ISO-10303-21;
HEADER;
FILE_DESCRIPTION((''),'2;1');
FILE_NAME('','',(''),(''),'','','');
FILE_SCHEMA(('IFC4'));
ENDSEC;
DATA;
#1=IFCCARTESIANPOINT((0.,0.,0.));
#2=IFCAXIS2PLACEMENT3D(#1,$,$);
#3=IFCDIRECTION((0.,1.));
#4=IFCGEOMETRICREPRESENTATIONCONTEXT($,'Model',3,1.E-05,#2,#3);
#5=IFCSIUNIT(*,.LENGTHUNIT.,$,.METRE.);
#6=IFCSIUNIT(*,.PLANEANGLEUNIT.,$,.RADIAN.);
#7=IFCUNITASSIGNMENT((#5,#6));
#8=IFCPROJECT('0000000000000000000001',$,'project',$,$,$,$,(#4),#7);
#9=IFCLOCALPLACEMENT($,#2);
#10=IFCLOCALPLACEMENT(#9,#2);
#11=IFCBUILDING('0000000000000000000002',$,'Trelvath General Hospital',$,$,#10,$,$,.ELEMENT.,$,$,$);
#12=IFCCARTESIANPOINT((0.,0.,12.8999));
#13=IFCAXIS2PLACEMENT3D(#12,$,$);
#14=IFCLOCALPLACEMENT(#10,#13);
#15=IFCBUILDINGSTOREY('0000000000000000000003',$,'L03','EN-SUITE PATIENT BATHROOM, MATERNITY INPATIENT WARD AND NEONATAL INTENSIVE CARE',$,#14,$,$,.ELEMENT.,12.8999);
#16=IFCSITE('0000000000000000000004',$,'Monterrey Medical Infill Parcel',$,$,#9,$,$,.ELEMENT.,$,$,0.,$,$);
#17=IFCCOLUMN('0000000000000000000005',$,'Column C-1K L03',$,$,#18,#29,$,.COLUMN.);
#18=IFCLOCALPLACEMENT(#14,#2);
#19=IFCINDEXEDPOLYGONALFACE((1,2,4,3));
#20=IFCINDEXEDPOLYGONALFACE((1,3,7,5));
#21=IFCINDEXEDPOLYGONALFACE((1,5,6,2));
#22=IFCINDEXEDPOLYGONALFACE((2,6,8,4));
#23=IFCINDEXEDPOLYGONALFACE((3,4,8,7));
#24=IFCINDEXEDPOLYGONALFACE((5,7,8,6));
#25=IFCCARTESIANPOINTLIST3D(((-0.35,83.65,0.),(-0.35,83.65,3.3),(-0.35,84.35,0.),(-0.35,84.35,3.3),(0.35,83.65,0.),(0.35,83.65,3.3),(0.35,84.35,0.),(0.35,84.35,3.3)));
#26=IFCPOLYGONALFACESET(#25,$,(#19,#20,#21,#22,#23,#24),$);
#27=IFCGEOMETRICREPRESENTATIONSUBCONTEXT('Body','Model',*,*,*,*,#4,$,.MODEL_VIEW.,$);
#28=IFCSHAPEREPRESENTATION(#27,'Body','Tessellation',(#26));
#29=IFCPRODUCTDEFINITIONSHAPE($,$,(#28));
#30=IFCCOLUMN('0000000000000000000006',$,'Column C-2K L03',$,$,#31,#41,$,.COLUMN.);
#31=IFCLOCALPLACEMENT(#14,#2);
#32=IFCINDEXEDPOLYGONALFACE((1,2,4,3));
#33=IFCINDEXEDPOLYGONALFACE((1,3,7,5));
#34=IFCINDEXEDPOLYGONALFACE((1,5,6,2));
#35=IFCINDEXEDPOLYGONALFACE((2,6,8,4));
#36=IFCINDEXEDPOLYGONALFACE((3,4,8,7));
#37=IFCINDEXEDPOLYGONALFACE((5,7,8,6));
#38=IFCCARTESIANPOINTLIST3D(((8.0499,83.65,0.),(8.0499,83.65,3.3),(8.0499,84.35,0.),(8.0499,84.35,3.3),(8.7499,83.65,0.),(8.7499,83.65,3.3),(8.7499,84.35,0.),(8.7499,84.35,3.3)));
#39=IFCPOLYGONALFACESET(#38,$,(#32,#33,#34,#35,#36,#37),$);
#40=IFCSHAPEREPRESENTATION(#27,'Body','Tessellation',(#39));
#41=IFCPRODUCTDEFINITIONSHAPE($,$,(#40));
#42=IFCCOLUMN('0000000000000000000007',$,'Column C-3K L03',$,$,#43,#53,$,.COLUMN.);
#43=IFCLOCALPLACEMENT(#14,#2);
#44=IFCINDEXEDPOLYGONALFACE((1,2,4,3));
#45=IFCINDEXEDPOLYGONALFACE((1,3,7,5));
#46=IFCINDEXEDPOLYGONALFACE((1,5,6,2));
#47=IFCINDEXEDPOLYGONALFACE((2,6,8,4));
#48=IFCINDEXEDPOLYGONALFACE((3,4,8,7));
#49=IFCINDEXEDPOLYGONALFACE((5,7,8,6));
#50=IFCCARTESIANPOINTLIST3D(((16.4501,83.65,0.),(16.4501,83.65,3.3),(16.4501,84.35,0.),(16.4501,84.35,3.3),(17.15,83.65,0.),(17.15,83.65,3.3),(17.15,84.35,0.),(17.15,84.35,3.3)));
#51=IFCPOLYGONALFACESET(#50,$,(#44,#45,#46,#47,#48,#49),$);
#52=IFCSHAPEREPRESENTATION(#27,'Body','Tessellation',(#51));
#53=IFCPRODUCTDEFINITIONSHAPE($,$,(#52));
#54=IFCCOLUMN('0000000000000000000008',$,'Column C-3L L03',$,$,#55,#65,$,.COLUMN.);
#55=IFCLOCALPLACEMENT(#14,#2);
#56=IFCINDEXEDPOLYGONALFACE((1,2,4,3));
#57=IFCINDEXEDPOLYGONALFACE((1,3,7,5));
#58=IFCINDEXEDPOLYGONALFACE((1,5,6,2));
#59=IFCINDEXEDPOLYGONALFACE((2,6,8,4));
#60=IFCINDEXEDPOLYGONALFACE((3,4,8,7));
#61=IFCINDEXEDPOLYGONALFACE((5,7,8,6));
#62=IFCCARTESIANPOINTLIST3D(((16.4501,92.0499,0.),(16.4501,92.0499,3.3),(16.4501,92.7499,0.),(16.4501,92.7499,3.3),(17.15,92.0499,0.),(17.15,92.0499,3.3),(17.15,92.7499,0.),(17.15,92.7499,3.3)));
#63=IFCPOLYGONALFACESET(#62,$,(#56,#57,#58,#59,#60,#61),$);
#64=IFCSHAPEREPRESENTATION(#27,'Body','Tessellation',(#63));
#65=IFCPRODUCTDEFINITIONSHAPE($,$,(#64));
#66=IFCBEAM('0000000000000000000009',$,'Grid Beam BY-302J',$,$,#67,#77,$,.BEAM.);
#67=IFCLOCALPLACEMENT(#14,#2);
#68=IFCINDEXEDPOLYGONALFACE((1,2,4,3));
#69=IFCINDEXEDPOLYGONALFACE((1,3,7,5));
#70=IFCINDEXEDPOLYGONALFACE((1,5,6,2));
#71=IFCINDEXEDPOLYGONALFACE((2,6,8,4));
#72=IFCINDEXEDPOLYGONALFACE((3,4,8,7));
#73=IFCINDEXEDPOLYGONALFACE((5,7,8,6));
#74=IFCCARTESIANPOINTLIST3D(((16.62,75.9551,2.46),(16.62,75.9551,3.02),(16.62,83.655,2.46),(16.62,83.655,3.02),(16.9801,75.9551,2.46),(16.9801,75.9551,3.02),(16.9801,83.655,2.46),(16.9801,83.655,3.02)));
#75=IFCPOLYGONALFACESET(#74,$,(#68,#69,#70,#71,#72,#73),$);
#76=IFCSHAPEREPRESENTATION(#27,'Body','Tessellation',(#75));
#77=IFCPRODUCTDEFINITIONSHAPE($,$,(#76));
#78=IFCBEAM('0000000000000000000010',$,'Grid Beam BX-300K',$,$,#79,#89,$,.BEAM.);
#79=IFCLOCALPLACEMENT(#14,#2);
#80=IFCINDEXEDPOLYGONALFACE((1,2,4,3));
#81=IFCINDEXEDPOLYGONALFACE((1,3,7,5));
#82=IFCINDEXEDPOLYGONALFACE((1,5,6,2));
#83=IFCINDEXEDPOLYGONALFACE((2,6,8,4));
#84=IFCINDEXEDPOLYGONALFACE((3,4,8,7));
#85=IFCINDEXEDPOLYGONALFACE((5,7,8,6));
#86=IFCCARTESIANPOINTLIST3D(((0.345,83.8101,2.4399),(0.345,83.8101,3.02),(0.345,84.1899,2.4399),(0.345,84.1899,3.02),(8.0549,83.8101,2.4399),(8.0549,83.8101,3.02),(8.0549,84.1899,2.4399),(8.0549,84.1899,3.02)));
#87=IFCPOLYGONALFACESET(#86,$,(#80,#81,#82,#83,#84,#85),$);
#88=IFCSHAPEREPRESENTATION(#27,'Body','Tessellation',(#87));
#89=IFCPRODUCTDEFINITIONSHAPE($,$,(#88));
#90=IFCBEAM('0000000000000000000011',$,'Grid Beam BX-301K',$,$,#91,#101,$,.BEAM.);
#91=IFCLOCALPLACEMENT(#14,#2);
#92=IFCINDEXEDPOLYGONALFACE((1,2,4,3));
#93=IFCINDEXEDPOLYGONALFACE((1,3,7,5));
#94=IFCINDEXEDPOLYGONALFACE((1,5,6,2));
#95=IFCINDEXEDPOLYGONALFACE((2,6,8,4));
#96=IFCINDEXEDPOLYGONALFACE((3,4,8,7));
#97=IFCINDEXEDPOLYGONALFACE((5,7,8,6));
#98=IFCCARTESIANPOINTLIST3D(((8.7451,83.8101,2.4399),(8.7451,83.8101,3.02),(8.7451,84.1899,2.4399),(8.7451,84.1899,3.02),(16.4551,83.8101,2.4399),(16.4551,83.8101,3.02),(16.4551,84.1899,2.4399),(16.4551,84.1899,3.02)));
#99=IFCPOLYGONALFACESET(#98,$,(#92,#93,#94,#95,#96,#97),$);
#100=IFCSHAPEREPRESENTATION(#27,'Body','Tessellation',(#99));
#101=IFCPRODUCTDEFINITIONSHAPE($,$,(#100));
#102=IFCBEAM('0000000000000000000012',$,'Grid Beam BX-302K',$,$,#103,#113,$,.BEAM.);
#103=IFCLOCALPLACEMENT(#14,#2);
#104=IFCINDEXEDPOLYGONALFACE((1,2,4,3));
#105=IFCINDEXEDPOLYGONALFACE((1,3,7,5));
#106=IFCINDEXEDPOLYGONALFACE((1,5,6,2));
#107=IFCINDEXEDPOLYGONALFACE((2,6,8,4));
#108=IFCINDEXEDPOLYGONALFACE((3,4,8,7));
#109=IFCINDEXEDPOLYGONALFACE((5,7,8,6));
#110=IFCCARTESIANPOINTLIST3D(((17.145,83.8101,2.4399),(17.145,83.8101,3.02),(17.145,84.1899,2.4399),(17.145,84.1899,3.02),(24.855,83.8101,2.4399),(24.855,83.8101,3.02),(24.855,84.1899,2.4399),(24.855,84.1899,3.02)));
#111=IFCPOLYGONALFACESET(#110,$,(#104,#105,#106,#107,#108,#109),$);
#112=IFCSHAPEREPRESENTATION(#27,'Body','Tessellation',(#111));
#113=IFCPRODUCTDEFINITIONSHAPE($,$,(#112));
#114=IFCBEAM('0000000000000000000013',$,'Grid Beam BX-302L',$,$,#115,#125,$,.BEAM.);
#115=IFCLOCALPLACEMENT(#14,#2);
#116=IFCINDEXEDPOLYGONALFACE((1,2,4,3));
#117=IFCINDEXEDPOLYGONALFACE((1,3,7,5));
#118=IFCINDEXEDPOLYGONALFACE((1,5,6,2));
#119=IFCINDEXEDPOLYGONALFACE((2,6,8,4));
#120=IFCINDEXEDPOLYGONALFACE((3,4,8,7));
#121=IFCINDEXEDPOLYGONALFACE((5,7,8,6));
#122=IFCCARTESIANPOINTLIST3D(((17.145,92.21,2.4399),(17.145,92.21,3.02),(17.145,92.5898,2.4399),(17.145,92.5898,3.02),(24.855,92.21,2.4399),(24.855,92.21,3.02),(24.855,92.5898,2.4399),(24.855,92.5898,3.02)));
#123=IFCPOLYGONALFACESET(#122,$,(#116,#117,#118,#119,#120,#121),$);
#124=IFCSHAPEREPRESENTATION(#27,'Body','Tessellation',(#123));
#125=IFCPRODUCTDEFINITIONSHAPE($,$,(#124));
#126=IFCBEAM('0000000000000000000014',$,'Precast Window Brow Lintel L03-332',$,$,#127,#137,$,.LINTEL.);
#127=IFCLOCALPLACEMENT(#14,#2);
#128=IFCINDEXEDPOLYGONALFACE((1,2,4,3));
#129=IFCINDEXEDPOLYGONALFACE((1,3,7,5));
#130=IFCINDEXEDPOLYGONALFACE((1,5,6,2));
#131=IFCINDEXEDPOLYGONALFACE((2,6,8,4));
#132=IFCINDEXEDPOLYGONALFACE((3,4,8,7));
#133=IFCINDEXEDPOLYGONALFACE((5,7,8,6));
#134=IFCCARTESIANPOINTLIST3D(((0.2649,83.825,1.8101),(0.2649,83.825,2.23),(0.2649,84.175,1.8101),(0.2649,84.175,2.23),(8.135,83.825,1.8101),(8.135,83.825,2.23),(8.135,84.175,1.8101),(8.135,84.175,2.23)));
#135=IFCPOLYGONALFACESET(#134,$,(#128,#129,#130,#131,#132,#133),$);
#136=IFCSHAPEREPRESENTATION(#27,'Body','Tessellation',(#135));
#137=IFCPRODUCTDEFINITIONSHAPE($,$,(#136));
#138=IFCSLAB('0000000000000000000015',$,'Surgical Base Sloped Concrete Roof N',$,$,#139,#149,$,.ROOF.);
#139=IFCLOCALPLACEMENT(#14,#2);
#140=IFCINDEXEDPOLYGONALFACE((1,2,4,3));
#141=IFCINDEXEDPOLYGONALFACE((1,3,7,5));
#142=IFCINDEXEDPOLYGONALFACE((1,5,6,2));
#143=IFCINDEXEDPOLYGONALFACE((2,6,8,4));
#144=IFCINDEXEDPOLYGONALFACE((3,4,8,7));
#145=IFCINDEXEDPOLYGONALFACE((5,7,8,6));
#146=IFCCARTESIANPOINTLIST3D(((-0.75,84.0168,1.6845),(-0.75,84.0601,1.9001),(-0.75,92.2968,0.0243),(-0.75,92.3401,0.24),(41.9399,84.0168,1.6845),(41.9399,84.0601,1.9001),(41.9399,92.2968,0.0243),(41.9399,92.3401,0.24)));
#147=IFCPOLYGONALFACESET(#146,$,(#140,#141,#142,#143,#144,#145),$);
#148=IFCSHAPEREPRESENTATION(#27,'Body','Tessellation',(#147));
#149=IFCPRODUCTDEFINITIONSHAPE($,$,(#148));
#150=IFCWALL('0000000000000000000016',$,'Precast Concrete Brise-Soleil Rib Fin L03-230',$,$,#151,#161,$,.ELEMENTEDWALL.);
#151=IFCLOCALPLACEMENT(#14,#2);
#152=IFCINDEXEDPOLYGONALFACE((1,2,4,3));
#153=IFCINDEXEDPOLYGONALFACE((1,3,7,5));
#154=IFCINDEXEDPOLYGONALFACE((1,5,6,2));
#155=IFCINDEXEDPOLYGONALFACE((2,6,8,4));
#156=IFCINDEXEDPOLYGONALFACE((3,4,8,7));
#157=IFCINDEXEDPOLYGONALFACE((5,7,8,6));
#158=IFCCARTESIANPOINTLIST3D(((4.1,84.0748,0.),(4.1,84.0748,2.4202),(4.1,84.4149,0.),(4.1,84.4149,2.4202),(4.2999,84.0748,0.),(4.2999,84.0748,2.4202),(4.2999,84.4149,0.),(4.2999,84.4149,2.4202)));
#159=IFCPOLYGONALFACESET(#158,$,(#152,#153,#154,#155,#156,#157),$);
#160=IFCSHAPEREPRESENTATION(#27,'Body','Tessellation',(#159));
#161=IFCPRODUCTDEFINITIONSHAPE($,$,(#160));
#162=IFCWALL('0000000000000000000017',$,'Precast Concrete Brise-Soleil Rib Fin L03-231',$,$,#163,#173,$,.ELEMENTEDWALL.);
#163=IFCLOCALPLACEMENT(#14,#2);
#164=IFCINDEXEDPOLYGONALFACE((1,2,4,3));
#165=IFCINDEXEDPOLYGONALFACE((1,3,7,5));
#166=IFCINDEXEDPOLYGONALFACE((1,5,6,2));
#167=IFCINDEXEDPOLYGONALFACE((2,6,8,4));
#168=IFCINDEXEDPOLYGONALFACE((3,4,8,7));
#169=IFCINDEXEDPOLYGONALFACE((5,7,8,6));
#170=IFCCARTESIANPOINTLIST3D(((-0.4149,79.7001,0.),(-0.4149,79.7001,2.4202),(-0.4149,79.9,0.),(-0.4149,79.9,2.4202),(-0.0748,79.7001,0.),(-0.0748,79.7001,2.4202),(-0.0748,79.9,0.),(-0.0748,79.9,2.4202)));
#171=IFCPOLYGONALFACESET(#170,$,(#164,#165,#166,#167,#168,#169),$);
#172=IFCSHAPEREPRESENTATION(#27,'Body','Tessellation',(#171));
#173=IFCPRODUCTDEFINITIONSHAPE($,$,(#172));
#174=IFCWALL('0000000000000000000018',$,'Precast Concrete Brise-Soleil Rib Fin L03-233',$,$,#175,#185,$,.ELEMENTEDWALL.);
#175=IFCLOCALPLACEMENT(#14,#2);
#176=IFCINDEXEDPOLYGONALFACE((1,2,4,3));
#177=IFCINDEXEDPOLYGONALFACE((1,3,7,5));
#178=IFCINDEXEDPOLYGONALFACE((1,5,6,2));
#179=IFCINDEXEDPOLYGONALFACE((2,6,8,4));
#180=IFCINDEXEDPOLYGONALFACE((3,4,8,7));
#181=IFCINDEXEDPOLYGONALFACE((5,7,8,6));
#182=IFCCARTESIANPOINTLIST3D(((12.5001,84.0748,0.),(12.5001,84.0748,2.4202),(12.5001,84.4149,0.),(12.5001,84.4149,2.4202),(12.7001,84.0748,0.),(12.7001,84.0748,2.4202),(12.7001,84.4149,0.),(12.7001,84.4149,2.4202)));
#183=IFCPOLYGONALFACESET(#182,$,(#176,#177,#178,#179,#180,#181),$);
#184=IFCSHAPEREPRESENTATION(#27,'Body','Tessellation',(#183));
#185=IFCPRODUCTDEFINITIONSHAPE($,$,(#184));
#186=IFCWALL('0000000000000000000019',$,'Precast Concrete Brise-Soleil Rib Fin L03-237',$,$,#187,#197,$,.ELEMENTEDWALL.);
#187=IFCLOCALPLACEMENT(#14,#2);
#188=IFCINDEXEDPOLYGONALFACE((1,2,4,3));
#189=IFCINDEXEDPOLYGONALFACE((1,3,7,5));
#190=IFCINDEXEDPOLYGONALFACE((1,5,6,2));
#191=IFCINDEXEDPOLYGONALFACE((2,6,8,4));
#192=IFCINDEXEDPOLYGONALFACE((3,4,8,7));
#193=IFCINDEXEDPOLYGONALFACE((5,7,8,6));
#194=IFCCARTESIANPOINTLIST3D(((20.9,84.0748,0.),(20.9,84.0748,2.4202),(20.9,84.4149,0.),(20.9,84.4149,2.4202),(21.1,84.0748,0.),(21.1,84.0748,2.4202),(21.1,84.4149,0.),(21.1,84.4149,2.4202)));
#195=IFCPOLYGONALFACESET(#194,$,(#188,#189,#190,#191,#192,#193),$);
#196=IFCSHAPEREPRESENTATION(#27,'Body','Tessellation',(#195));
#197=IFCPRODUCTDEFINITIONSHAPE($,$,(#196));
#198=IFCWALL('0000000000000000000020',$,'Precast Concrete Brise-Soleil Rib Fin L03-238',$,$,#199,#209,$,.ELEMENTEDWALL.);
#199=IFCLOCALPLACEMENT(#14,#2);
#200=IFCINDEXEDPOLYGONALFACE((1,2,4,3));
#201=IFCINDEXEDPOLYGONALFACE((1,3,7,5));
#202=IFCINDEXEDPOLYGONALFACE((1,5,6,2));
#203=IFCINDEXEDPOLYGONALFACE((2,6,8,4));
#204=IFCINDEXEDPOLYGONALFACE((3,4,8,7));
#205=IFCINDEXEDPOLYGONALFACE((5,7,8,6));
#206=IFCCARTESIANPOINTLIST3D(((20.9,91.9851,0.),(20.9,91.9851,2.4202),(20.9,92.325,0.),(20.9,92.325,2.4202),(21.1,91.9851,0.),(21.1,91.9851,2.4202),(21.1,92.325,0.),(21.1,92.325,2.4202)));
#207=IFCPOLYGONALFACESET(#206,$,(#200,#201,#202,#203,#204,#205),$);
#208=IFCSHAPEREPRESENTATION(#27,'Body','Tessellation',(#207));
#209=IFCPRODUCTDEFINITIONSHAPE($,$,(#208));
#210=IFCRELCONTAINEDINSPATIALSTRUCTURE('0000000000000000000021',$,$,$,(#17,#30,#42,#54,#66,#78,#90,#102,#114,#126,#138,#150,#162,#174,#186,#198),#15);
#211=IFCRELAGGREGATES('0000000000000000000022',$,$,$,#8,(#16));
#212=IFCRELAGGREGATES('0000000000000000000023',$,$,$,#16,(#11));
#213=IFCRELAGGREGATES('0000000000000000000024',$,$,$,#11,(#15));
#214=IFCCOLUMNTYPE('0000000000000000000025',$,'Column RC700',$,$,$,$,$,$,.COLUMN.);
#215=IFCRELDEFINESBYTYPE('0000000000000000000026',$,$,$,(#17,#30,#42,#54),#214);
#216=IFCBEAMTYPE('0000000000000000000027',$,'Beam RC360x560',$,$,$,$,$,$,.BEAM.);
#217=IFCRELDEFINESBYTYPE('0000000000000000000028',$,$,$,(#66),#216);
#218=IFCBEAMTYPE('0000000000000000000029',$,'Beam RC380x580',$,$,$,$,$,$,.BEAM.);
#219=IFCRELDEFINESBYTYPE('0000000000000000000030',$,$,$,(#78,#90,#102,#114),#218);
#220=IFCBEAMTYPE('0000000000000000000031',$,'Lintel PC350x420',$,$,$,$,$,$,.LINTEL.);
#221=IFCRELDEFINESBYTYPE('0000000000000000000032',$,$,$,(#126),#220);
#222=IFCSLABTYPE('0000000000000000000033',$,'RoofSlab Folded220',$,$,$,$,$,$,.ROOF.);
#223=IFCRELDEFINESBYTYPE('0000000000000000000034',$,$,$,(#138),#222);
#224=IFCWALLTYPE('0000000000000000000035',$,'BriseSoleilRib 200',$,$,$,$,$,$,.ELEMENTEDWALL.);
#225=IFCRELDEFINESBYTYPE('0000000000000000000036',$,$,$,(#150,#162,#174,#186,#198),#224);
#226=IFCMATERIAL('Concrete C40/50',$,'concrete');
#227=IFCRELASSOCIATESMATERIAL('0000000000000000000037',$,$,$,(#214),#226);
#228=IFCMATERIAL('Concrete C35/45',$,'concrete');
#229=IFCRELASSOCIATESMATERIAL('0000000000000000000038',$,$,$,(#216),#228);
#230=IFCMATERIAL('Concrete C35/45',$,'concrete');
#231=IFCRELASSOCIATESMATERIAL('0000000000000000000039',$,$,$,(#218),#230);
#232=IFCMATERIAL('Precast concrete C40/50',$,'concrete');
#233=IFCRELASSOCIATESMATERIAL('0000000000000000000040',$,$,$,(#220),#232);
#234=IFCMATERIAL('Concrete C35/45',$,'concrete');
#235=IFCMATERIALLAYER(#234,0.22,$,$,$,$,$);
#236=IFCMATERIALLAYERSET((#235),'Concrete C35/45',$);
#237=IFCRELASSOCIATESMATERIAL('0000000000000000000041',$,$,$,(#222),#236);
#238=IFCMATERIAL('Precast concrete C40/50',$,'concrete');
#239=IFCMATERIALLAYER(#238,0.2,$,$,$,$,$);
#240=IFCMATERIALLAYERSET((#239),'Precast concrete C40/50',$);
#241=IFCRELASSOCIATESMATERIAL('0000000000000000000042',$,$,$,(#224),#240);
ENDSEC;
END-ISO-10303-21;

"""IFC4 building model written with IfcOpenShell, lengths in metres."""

from ifc_helpers import new_model, si_unit, direction, frame, frame_2d, origin, origin_2d, place, context, subcontext, project, spatial, polyline, rectangle, outline, extrude, material, layer, layer_set, material_profile, profile_set, type_object, element, save


model = new_model("IFC4")

# Units and contexts
model_context = context("Model", 3, precision=1e-05, world=origin(), true_north=direction((0.0, 1.0)))
body_context = subcontext(model_context, "Body", "Model", "MODEL_VIEW")
ifc_project = project(units=[si_unit("LENGTHUNIT", "METRE"), si_unit("PLANEANGLEUNIT", "RADIAN")], contexts=[model_context])

# Site, building, storey
site_placement = place(None, origin())
site = spatial("IfcSite", under=ifc_project, at=site_placement, Name="Monterrey Medical Infill Parcel", CompositionType="ELEMENT", RefElevation=0.0)
building_placement = place(site_placement, origin())
building = spatial("IfcBuilding", under=site, at=building_placement, Name="Trelvath General Hospital", CompositionType="ELEMENT")
storey_placement = place(building_placement, frame((0.0, 0.0, 12.8999)))
storey = spatial("IfcBuildingStorey", under=building, at=storey_placement, Name="L03", Description="EN-SUITE PATIENT BATHROOM, MATERNITY INPATIENT WARD AND NEONATAL INTENSIVE CARE", CompositionType="ELEMENT", Elevation=12.8999)

# Columns
ifc_material_1 = material(Name="Concrete C40/50", Category="concrete")
ifc_material_profile_1 = material_profile(ifc_material_1, rectangle(XDim=0.7, YDim=0.7, at=origin_2d()), Name="RC700x700")
ifc_profile_set_1 = profile_set([ifc_material_profile_1], Name="Concrete C40/50")
column_type = type_object("IfcColumnType", Name="Column RC700", PredefinedType="COLUMN", material=ifc_profile_set_1)
for number, where, z_axis, x_axis, name in (
    (1, (0.0, 84.0, 0.0), (0.0, 0.0, 1.0), (1.0, 0.0, 0.0), "Column C-1K L03"),
    (2, (8.3999, 84.0, 0.0), (0.0, 0.0, 1.0), (1.0, 0.0, 0.0), "Column C-2K L03"),
    (3, (16.8, 84.0, 0.0), (0.0, 0.0, 1.0), (1.0, 0.0, 0.0), "Column C-3K L03"),
    (4, (16.8, 92.3999, 0.0), (0.0, 0.0, 1.0), (1.0, 0.0, 0.0), "Column C-3L L03"),
):
    element("IfcColumn", number, at=place(storey_placement, frame(where, z_axis=z_axis, x_axis=x_axis)), inside=storey, type_object=column_type, Name=name, PredefinedType="COLUMN", context=body_context, shape_type="SweptSolid", body=[
        extrude(rectangle(XDim=0.7, YDim=0.7, at=origin_2d()), origin(), (0.0, 0.0, 1.0), 3.3),
    ])

# Beams
ifc_material_2 = material(Name="Concrete C35/45", Category="concrete")
ifc_material_profile_2 = material_profile(ifc_material_2, rectangle(XDim=0.3601, YDim=0.5601, at=origin_2d()), Name="RCB360x560")
ifc_profile_set_2 = profile_set([ifc_material_profile_2], Name="Concrete C35/45")
beam_type_1 = type_object("IfcBeamType", Name="Beam RC360x560", PredefinedType="BEAM", material=ifc_profile_set_2)
beam_1_placement = place(storey_placement, frame((16.8, 75.9551, 2.74), z_axis=(0.0, 1.0, 0.0), x_axis=(-1.0, 0.0, 0.0)))
element("IfcBeam", 5, at=beam_1_placement, inside=storey, type_object=beam_type_1, Name="Grid Beam BY-302J", PredefinedType="BEAM", context=body_context, shape_type="SweptSolid", body=[
    extrude(rectangle(XDim=0.3601, YDim=0.5601, at=origin_2d()), origin(), (0.0, 0.0, 1.0), 7.7),
])
ifc_material_3 = material(Name="Concrete C35/45", Category="concrete")
ifc_material_profile_3 = material_profile(ifc_material_3, rectangle(XDim=0.3799, YDim=0.5801, at=origin_2d()), Name="RCB380x580")
ifc_profile_set_3 = profile_set([ifc_material_profile_3], Name="Concrete C35/45")
beam_type_2 = type_object("IfcBeamType", Name="Beam RC380x580", PredefinedType="BEAM", material=ifc_profile_set_3)
for number, where, z_axis, x_axis, name in (
    (6, (0.345, 84.0, 2.73), (1.0, 0.0, 0.0), (0.0, 1.0, 0.0), "Grid Beam BX-300K"),
    (7, (8.7451, 84.0, 2.73), (1.0, 0.0, 0.0), (0.0, 1.0, 0.0), "Grid Beam BX-301K"),
    (8, (17.145, 84.0, 2.73), (1.0, 0.0, 0.0), (0.0, 1.0, 0.0), "Grid Beam BX-302K"),
    (9, (17.145, 92.3999, 2.73), (1.0, 0.0, 0.0), (0.0, 1.0, 0.0), "Grid Beam BX-302L"),
):
    element("IfcBeam", number, at=place(storey_placement, frame(where, z_axis=z_axis, x_axis=x_axis)), inside=storey, type_object=beam_type_2, Name=name, PredefinedType="BEAM", context=body_context, shape_type="SweptSolid", body=[
        extrude(rectangle(XDim=0.3799, YDim=0.5801, at=origin_2d()), origin(), (0.0, 0.0, 1.0), 7.71),
    ])
ifc_material_4 = material(Name="Precast concrete C40/50", Category="concrete")
ifc_material_profile_4 = material_profile(ifc_material_4, rectangle(XDim=0.3501, YDim=0.4199, at=origin_2d()), Name="PCL350x420")
ifc_profile_set_4 = profile_set([ifc_material_profile_4], Name="Precast concrete C40/50")
beam_type_3 = type_object("IfcBeamType", Name="Lintel PC350x420", PredefinedType="LINTEL", material=ifc_profile_set_4)
beam_2_placement = place(storey_placement, frame((0.2649, 84.0, 2.02), z_axis=(1.0, 0.0, 0.0), x_axis=(0.0, 1.0, 0.0)))
element("IfcBeam", 10, at=beam_2_placement, inside=storey, type_object=beam_type_3, Name="Precast Window Brow Lintel L03-332", PredefinedType="LINTEL", context=body_context, shape_type="SweptSolid", body=[
    extrude(rectangle(XDim=0.3501, YDim=0.4199, at=origin_2d()), origin(), (0.0, 0.0, 1.0), 7.8701),
])

# Slab
ifc_material_5 = material(Name="Concrete C35/45", Category="concrete")
ifc_layer_1 = layer(ifc_material_5, 0.22)
ifc_layer_set_1 = layer_set([ifc_layer_1], Name="Concrete C35/45")
slab_type = type_object("IfcSlabType", Name="RoofSlab Folded220", PredefinedType="ROOF", material=ifc_layer_set_1)
slab_placement = place(storey_placement, frame((-0.75, 84.0601, 1.9001), z_axis=(0.0, 0.196589, 0.980486), x_axis=(1.0, 0.0, 0.0)))
element("IfcSlab", 11, at=slab_placement, inside=storey, type_object=slab_type, Name="Surgical Base Sloped Concrete Roof N", PredefinedType="ROOF", context=body_context, shape_type="SweptSolid", body=[
    extrude(outline(polyline([(0.0, 0.0), (42.6899, 0.0), (42.6899, 8.4448), (0.0, 8.4448), (0.0, 0.0)])), origin(), (0.0, 0.0, -1.0), 0.22),
])

# Walls
ifc_material_6 = material(Name="Precast concrete C40/50", Category="concrete")
ifc_layer_2 = layer(ifc_material_6, 0.2)
ifc_layer_set_2 = layer_set([ifc_layer_2], Name="Precast concrete C40/50")
wall_type_1 = type_object("IfcWallType", Name="BriseSoleilRib 200", PredefinedType="ELEMENTEDWALL", material=ifc_layer_set_2)
for number, where, z_axis, x_axis, name in (
    (12, (4.2, 84.075, 0.0), (0.0, 0.0, 1.0), (0.0, 1.0, 0.0), "Precast Concrete Brise-Soleil Rib Fin L03-230"),
    (13, (-0.075, 79.8, 0.0), (0.0, 0.0, 1.0), (-1.0, 0.0, 0.0), "Precast Concrete Brise-Soleil Rib Fin L03-231"),
    (14, (12.6001, 84.075, 0.0), (0.0, 0.0, 1.0), (0.0, 1.0, 0.0), "Precast Concrete Brise-Soleil Rib Fin L03-233"),
    (15, (21.0, 84.075, 0.0), (0.0, 0.0, 1.0), (0.0, 1.0, 0.0), "Precast Concrete Brise-Soleil Rib Fin L03-237"),
):
    element("IfcWall", number, at=place(storey_placement, frame(where, z_axis=z_axis, x_axis=x_axis)), inside=storey, type_object=wall_type_1, Name=name, PredefinedType="ELEMENTEDWALL", context=body_context, shape_type="SweptSolid", body=[
        extrude(rectangle(XDim=0.3401, YDim=0.2, at=frame_2d((0.1699, 0.0))), origin(), (0.0, 0.0, 1.0), 2.4202),
    ])
wall_1_placement = place(storey_placement, frame((21.0, 92.325, 0.0), z_axis=(0.0, 0.0, 1.0), x_axis=(0.0, -1.0, 0.0)))
element("IfcWall", 16, at=wall_1_placement, inside=storey, type_object=wall_type_1, Name="Precast Concrete Brise-Soleil Rib Fin L03-238", PredefinedType="ELEMENTEDWALL", context=body_context, shape_type="SweptSolid", body=[
    extrude(rectangle(XDim=0.3398, YDim=0.2, at=frame_2d((0.1699, 0.0))), origin(), (0.0, 0.0, 1.0), 2.4202),
])

save(model, "model.ifc")
